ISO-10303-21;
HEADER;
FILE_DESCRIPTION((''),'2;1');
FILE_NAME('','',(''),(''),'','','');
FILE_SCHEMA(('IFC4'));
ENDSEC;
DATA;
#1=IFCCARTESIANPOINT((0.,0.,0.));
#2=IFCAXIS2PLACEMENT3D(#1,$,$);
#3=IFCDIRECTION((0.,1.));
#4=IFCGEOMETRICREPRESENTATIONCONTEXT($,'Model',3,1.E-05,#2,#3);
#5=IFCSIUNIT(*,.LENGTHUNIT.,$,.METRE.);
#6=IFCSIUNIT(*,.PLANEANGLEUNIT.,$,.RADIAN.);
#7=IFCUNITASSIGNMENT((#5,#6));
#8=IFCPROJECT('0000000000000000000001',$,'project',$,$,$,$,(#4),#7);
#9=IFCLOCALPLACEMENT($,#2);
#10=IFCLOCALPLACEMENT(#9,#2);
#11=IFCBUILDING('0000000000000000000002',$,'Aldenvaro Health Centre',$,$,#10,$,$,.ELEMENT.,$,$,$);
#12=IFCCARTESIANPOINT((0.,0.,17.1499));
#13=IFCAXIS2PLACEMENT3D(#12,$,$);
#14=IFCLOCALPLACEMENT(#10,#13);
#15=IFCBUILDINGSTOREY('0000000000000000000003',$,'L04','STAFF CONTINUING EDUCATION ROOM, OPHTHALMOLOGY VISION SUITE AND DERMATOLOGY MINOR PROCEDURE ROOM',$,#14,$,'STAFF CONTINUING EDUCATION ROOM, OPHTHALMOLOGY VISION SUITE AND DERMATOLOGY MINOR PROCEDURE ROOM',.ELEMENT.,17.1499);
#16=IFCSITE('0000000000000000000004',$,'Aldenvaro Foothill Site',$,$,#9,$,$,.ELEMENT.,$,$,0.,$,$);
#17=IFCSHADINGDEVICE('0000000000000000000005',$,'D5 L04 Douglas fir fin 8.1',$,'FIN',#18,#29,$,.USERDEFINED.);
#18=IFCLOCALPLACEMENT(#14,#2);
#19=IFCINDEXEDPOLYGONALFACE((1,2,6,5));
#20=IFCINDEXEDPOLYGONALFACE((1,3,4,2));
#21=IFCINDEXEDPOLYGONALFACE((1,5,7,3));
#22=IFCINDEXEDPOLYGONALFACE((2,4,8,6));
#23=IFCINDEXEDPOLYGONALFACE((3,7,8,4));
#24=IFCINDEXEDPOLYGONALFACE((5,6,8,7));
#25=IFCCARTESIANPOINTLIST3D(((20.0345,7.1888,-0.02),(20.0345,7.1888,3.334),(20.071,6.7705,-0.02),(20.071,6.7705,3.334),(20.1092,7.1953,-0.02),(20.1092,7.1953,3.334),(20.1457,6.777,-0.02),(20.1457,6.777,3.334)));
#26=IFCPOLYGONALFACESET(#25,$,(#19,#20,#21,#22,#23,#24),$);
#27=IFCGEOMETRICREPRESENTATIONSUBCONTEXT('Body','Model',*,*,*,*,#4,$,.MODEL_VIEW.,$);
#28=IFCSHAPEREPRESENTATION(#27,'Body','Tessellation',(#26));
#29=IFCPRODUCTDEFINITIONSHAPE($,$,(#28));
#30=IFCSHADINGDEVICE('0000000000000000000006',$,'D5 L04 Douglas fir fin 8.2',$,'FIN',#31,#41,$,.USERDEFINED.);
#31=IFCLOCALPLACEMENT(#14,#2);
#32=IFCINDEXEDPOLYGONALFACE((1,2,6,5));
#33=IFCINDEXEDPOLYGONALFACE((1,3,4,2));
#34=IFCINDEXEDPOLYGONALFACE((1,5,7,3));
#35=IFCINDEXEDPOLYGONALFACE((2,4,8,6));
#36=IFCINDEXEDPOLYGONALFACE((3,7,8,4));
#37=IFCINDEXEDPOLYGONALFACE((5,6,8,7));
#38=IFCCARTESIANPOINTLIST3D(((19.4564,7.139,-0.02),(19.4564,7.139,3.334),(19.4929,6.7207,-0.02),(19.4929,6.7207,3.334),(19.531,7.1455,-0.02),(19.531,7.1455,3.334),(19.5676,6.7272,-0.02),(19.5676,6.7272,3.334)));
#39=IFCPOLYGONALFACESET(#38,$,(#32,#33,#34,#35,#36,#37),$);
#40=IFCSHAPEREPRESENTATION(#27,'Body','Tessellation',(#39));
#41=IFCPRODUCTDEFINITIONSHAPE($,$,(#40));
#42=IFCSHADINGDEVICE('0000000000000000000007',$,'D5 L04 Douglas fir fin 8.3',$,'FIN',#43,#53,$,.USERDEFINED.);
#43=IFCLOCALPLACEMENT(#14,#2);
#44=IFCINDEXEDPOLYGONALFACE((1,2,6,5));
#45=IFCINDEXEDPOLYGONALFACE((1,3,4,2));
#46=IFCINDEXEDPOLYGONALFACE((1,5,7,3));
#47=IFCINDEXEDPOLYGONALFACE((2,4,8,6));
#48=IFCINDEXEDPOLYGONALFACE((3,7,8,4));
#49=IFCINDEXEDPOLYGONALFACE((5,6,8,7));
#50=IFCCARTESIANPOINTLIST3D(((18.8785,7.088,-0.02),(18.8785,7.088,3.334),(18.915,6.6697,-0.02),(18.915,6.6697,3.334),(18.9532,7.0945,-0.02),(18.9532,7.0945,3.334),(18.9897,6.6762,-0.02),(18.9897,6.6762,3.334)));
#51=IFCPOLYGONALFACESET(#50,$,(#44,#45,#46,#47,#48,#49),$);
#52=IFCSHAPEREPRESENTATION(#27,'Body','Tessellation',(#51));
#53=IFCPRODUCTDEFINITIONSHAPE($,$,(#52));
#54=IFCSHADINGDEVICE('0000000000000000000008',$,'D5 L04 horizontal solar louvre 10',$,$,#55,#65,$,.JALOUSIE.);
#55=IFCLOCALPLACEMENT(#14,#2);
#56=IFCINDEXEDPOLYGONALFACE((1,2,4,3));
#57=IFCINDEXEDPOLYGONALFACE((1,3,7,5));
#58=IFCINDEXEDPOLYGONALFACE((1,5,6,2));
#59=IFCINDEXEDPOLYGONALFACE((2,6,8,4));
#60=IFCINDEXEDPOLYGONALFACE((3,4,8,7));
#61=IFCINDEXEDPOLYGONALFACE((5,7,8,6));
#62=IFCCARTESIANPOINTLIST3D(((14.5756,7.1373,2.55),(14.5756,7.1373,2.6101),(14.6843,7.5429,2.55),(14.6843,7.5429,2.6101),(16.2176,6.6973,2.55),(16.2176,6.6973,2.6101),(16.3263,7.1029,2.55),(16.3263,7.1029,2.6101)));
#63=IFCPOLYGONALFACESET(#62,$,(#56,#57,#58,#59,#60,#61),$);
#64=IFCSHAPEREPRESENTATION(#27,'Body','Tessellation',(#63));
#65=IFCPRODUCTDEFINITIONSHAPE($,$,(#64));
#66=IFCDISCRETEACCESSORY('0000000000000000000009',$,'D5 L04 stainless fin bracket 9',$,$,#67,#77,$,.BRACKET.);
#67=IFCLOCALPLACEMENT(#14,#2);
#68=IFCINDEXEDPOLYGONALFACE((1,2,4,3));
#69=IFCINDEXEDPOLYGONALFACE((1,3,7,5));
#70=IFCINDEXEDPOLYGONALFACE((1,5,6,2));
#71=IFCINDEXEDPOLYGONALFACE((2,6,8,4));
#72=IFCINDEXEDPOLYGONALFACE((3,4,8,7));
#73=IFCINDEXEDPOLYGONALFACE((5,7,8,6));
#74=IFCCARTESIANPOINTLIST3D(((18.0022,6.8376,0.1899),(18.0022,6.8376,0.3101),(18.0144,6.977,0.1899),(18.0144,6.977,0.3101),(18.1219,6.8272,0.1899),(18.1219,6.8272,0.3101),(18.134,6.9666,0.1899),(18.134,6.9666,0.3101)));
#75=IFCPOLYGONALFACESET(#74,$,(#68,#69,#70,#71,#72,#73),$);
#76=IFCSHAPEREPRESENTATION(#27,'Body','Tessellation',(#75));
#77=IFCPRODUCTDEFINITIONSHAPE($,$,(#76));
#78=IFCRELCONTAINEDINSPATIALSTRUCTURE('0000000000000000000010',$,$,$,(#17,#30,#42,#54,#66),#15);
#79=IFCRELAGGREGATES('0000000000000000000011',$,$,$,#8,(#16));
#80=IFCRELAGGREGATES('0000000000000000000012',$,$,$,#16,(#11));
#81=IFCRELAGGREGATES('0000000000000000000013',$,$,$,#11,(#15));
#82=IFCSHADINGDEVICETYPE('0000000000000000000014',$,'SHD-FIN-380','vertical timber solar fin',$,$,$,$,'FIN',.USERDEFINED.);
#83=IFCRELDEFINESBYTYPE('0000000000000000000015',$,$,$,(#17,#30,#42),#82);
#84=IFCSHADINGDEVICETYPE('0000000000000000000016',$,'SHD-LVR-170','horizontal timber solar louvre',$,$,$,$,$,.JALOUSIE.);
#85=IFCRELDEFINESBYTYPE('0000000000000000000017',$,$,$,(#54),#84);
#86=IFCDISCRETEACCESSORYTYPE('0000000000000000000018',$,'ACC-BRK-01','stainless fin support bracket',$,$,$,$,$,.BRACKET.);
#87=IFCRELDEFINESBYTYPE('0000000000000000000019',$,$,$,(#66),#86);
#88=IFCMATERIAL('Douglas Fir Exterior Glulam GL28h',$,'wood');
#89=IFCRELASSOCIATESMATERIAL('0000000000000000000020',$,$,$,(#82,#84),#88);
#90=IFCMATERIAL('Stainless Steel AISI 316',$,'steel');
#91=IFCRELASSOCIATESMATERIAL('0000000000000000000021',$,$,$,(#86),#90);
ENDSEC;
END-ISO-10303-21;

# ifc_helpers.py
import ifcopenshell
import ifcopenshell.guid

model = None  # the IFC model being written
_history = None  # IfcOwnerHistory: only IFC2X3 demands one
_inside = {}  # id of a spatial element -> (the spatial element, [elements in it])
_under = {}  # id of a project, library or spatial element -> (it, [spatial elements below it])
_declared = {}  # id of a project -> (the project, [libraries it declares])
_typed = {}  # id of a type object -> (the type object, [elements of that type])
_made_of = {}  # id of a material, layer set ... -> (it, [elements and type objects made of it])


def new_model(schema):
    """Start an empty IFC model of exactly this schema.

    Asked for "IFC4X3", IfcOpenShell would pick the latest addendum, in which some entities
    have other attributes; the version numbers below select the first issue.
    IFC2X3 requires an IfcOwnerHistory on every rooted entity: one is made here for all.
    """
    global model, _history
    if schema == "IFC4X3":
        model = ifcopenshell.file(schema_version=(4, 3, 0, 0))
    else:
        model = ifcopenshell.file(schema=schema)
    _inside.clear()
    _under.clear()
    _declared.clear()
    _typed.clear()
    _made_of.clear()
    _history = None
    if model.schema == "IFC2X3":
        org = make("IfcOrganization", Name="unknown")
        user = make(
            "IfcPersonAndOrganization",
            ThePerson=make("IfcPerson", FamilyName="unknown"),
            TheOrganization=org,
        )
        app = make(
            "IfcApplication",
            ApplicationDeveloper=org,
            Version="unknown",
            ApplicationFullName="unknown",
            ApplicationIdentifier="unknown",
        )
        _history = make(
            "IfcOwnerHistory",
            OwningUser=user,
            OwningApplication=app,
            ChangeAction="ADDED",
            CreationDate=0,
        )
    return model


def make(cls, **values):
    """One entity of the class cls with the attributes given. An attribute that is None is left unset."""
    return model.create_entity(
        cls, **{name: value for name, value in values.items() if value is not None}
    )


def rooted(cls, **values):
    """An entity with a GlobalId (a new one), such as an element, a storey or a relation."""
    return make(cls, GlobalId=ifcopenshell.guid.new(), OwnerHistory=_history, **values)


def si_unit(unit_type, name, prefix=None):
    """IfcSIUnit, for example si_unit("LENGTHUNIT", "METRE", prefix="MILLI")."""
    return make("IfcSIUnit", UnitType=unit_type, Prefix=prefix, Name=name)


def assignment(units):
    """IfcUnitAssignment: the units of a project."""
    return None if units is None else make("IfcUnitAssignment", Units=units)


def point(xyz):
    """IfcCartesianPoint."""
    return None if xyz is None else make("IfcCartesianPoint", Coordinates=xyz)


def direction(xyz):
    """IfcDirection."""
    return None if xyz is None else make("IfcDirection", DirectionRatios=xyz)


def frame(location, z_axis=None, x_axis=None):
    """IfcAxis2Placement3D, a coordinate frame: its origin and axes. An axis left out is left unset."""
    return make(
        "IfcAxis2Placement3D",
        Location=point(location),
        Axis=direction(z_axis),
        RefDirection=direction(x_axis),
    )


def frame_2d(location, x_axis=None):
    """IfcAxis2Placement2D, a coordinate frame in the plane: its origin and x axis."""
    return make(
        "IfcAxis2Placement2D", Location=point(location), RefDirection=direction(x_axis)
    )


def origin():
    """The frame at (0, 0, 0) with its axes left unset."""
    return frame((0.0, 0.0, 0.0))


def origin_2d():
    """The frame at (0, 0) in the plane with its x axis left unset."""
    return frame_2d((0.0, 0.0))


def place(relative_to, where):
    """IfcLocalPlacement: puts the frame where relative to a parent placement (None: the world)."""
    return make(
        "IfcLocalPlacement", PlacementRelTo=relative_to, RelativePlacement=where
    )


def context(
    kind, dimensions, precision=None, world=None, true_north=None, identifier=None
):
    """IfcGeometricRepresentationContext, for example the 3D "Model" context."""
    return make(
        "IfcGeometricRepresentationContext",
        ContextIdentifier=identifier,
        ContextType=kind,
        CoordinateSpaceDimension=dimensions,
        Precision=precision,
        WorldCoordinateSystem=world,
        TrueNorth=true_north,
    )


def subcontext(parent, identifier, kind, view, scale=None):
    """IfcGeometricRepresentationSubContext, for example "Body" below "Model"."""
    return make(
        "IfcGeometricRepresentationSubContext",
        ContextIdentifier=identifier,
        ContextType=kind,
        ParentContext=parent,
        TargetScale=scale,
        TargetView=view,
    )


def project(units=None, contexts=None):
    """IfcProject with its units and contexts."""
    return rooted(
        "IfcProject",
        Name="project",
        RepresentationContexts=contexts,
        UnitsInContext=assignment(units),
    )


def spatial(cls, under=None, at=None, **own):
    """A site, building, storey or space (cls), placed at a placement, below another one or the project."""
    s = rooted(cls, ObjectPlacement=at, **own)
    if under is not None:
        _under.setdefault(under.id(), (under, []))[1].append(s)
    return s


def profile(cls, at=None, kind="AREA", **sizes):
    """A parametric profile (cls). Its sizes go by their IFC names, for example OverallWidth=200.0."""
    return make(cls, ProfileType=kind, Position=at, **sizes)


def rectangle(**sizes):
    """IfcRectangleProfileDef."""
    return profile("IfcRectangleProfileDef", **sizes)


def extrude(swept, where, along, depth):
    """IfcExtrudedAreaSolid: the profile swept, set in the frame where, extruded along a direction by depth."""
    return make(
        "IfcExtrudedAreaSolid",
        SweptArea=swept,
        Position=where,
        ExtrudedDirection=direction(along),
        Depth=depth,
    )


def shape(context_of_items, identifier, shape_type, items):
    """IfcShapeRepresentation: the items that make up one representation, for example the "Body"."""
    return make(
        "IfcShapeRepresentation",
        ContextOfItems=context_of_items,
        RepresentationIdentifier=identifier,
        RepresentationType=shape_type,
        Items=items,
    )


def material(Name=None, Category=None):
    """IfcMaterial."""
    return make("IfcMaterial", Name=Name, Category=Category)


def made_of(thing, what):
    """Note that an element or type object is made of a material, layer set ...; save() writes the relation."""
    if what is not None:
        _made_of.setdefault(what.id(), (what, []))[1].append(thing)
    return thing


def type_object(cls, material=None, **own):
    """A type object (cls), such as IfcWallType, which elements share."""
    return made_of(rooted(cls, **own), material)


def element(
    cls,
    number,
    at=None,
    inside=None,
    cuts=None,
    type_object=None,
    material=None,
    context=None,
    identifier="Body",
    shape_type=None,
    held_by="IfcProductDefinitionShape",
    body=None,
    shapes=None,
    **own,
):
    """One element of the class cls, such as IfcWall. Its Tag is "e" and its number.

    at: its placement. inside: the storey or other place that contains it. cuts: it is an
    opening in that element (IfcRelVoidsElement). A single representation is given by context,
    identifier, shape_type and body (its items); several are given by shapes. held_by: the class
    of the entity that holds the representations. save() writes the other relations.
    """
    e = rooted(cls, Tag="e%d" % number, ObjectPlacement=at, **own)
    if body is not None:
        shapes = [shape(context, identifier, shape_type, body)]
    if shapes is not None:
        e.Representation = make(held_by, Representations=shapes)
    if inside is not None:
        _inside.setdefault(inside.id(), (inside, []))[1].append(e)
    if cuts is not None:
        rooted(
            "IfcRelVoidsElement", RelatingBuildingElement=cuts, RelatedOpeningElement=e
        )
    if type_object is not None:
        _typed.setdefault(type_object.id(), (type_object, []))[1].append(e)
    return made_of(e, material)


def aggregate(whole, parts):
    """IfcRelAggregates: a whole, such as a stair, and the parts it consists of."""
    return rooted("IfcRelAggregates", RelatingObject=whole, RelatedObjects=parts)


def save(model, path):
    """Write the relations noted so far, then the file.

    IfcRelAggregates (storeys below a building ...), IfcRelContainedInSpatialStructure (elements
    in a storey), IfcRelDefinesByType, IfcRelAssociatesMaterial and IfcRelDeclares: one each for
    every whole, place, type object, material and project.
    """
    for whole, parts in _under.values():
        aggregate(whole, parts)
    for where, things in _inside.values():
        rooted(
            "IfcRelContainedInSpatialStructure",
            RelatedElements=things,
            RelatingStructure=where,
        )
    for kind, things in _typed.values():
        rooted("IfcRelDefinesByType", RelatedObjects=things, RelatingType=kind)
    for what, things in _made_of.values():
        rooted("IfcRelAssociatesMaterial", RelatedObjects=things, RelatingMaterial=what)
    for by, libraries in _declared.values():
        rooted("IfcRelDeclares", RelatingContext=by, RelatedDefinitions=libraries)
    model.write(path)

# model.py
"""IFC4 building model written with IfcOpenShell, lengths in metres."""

from ifc_helpers import new_model, si_unit, direction, frame, origin, origin_2d, place, context, subcontext, project, spatial, rectangle, extrude, material, type_object, element, save


model = new_model("IFC4")

# Units and contexts
model_context = context("Model", 3, precision=1e-05, world=origin(), true_north=direction((0.0, 1.0)))
body_context = subcontext(model_context, "Body", "Model", "MODEL_VIEW")
ifc_project = project(units=[si_unit("LENGTHUNIT", "METRE"), si_unit("PLANEANGLEUNIT", "RADIAN")], contexts=[model_context])

# Site, building, storey
site_placement = place(None, origin())
site = spatial("IfcSite", under=ifc_project, at=site_placement, Name="Aldenvaro Foothill Site", CompositionType="ELEMENT", RefElevation=0.0)
building_placement = place(site_placement, origin())
building = spatial("IfcBuilding", under=site, at=building_placement, Name="Aldenvaro Health Centre", CompositionType="ELEMENT")
storey_placement = place(building_placement, frame((0.0, 0.0, 17.1499)))
storey = spatial("IfcBuildingStorey", under=building, at=storey_placement, Name="L04", Description="STAFF CONTINUING EDUCATION ROOM, OPHTHALMOLOGY VISION SUITE AND DERMATOLOGY MINOR PROCEDURE ROOM", LongName="STAFF CONTINUING EDUCATION ROOM, OPHTHALMOLOGY VISION SUITE AND DERMATOLOGY MINOR PROCEDURE ROOM", CompositionType="ELEMENT", Elevation=17.1499)

# Shading devices
ifc_material_1 = material(Name="Douglas Fir Exterior Glulam GL28h", Category="wood")
shading_device_type_1 = type_object("IfcShadingDeviceType", Name="SHD-FIN-380", Description="vertical timber solar fin", ElementType="FIN", PredefinedType="USERDEFINED", material=ifc_material_1)
for number, where, z_axis, x_axis, name in (
    (1, (20.0901, 6.9829, -0.02), (0.0, 0.0, 1.0), (-0.996211, -0.086975, 0.0), "D5 L04 Douglas fir fin 8.1"),
    (2, (19.512, 6.9331, -0.02), (0.0, 0.0, 1.0), (-0.996211, -0.086975, 0.0), "D5 L04 Douglas fir fin 8.2"),
    (3, (18.9341, 6.8821, -0.02), (0.0, 0.0, 1.0), (-0.996211, -0.086975, 0.0), "D5 L04 Douglas fir fin 8.3"),
):
    element("IfcShadingDevice", number, at=place(storey_placement, frame(where, z_axis=z_axis, x_axis=x_axis)), inside=storey, type_object=shading_device_type_1, Name=name, ObjectType="FIN", PredefinedType="USERDEFINED", context=body_context, shape_type="SweptSolid", body=[
        extrude(rectangle(XDim=0.075, YDim=0.4199, at=origin_2d()), origin(), (0.0, 0.0, 1.0), 3.354),
    ])
shading_device_type_2 = type_object("IfcShadingDeviceType", Name="SHD-LVR-170", Description="horizontal timber solar louvre", PredefinedType="JALOUSIE", material=ifc_material_1)
shading_device_placement = place(storey_placement, frame((15.4509, 7.1201, 2.55), z_axis=(0.0, 0.0, 1.0), x_axis=(-0.965919, 0.258844, 0.0)))
element("IfcShadingDevice", 4, at=shading_device_placement, inside=storey, type_object=shading_device_type_2, Name="D5 L04 horizontal solar louvre 10", PredefinedType="JALOUSIE", context=body_context, shape_type="SweptSolid", body=[
    extrude(rectangle(XDim=1.7, YDim=0.4199, at=origin_2d()), origin(), (0.0, 0.0, 1.0), 0.0601),
])

# Discrete accessory
ifc_material_2 = material(Name="Stainless Steel AISI 316", Category="steel")
discrete_accessory_type = type_object("IfcDiscreteAccessoryType", Name="ACC-BRK-01", Description="stainless fin support bracket", PredefinedType="BRACKET", material=ifc_material_2)
discrete_accessory_placement = place(storey_placement, frame((18.0681, 6.9021, 0.1899), z_axis=(0.0, 0.0, 1.0), x_axis=(-0.996211, 0.086975, 0.0)))
element("IfcDiscreteAccessory", 5, at=discrete_accessory_placement, inside=storey, type_object=discrete_accessory_type, Name="D5 L04 stainless fin bracket 9", PredefinedType="BRACKET", context=body_context, shape_type="SweptSolid", body=[
    extrude(rectangle(XDim=0.1201, YDim=0.1399, at=origin_2d()), origin(), (0.0, 0.0, 1.0), 0.1201),
])

save(model, "model.ifc")
